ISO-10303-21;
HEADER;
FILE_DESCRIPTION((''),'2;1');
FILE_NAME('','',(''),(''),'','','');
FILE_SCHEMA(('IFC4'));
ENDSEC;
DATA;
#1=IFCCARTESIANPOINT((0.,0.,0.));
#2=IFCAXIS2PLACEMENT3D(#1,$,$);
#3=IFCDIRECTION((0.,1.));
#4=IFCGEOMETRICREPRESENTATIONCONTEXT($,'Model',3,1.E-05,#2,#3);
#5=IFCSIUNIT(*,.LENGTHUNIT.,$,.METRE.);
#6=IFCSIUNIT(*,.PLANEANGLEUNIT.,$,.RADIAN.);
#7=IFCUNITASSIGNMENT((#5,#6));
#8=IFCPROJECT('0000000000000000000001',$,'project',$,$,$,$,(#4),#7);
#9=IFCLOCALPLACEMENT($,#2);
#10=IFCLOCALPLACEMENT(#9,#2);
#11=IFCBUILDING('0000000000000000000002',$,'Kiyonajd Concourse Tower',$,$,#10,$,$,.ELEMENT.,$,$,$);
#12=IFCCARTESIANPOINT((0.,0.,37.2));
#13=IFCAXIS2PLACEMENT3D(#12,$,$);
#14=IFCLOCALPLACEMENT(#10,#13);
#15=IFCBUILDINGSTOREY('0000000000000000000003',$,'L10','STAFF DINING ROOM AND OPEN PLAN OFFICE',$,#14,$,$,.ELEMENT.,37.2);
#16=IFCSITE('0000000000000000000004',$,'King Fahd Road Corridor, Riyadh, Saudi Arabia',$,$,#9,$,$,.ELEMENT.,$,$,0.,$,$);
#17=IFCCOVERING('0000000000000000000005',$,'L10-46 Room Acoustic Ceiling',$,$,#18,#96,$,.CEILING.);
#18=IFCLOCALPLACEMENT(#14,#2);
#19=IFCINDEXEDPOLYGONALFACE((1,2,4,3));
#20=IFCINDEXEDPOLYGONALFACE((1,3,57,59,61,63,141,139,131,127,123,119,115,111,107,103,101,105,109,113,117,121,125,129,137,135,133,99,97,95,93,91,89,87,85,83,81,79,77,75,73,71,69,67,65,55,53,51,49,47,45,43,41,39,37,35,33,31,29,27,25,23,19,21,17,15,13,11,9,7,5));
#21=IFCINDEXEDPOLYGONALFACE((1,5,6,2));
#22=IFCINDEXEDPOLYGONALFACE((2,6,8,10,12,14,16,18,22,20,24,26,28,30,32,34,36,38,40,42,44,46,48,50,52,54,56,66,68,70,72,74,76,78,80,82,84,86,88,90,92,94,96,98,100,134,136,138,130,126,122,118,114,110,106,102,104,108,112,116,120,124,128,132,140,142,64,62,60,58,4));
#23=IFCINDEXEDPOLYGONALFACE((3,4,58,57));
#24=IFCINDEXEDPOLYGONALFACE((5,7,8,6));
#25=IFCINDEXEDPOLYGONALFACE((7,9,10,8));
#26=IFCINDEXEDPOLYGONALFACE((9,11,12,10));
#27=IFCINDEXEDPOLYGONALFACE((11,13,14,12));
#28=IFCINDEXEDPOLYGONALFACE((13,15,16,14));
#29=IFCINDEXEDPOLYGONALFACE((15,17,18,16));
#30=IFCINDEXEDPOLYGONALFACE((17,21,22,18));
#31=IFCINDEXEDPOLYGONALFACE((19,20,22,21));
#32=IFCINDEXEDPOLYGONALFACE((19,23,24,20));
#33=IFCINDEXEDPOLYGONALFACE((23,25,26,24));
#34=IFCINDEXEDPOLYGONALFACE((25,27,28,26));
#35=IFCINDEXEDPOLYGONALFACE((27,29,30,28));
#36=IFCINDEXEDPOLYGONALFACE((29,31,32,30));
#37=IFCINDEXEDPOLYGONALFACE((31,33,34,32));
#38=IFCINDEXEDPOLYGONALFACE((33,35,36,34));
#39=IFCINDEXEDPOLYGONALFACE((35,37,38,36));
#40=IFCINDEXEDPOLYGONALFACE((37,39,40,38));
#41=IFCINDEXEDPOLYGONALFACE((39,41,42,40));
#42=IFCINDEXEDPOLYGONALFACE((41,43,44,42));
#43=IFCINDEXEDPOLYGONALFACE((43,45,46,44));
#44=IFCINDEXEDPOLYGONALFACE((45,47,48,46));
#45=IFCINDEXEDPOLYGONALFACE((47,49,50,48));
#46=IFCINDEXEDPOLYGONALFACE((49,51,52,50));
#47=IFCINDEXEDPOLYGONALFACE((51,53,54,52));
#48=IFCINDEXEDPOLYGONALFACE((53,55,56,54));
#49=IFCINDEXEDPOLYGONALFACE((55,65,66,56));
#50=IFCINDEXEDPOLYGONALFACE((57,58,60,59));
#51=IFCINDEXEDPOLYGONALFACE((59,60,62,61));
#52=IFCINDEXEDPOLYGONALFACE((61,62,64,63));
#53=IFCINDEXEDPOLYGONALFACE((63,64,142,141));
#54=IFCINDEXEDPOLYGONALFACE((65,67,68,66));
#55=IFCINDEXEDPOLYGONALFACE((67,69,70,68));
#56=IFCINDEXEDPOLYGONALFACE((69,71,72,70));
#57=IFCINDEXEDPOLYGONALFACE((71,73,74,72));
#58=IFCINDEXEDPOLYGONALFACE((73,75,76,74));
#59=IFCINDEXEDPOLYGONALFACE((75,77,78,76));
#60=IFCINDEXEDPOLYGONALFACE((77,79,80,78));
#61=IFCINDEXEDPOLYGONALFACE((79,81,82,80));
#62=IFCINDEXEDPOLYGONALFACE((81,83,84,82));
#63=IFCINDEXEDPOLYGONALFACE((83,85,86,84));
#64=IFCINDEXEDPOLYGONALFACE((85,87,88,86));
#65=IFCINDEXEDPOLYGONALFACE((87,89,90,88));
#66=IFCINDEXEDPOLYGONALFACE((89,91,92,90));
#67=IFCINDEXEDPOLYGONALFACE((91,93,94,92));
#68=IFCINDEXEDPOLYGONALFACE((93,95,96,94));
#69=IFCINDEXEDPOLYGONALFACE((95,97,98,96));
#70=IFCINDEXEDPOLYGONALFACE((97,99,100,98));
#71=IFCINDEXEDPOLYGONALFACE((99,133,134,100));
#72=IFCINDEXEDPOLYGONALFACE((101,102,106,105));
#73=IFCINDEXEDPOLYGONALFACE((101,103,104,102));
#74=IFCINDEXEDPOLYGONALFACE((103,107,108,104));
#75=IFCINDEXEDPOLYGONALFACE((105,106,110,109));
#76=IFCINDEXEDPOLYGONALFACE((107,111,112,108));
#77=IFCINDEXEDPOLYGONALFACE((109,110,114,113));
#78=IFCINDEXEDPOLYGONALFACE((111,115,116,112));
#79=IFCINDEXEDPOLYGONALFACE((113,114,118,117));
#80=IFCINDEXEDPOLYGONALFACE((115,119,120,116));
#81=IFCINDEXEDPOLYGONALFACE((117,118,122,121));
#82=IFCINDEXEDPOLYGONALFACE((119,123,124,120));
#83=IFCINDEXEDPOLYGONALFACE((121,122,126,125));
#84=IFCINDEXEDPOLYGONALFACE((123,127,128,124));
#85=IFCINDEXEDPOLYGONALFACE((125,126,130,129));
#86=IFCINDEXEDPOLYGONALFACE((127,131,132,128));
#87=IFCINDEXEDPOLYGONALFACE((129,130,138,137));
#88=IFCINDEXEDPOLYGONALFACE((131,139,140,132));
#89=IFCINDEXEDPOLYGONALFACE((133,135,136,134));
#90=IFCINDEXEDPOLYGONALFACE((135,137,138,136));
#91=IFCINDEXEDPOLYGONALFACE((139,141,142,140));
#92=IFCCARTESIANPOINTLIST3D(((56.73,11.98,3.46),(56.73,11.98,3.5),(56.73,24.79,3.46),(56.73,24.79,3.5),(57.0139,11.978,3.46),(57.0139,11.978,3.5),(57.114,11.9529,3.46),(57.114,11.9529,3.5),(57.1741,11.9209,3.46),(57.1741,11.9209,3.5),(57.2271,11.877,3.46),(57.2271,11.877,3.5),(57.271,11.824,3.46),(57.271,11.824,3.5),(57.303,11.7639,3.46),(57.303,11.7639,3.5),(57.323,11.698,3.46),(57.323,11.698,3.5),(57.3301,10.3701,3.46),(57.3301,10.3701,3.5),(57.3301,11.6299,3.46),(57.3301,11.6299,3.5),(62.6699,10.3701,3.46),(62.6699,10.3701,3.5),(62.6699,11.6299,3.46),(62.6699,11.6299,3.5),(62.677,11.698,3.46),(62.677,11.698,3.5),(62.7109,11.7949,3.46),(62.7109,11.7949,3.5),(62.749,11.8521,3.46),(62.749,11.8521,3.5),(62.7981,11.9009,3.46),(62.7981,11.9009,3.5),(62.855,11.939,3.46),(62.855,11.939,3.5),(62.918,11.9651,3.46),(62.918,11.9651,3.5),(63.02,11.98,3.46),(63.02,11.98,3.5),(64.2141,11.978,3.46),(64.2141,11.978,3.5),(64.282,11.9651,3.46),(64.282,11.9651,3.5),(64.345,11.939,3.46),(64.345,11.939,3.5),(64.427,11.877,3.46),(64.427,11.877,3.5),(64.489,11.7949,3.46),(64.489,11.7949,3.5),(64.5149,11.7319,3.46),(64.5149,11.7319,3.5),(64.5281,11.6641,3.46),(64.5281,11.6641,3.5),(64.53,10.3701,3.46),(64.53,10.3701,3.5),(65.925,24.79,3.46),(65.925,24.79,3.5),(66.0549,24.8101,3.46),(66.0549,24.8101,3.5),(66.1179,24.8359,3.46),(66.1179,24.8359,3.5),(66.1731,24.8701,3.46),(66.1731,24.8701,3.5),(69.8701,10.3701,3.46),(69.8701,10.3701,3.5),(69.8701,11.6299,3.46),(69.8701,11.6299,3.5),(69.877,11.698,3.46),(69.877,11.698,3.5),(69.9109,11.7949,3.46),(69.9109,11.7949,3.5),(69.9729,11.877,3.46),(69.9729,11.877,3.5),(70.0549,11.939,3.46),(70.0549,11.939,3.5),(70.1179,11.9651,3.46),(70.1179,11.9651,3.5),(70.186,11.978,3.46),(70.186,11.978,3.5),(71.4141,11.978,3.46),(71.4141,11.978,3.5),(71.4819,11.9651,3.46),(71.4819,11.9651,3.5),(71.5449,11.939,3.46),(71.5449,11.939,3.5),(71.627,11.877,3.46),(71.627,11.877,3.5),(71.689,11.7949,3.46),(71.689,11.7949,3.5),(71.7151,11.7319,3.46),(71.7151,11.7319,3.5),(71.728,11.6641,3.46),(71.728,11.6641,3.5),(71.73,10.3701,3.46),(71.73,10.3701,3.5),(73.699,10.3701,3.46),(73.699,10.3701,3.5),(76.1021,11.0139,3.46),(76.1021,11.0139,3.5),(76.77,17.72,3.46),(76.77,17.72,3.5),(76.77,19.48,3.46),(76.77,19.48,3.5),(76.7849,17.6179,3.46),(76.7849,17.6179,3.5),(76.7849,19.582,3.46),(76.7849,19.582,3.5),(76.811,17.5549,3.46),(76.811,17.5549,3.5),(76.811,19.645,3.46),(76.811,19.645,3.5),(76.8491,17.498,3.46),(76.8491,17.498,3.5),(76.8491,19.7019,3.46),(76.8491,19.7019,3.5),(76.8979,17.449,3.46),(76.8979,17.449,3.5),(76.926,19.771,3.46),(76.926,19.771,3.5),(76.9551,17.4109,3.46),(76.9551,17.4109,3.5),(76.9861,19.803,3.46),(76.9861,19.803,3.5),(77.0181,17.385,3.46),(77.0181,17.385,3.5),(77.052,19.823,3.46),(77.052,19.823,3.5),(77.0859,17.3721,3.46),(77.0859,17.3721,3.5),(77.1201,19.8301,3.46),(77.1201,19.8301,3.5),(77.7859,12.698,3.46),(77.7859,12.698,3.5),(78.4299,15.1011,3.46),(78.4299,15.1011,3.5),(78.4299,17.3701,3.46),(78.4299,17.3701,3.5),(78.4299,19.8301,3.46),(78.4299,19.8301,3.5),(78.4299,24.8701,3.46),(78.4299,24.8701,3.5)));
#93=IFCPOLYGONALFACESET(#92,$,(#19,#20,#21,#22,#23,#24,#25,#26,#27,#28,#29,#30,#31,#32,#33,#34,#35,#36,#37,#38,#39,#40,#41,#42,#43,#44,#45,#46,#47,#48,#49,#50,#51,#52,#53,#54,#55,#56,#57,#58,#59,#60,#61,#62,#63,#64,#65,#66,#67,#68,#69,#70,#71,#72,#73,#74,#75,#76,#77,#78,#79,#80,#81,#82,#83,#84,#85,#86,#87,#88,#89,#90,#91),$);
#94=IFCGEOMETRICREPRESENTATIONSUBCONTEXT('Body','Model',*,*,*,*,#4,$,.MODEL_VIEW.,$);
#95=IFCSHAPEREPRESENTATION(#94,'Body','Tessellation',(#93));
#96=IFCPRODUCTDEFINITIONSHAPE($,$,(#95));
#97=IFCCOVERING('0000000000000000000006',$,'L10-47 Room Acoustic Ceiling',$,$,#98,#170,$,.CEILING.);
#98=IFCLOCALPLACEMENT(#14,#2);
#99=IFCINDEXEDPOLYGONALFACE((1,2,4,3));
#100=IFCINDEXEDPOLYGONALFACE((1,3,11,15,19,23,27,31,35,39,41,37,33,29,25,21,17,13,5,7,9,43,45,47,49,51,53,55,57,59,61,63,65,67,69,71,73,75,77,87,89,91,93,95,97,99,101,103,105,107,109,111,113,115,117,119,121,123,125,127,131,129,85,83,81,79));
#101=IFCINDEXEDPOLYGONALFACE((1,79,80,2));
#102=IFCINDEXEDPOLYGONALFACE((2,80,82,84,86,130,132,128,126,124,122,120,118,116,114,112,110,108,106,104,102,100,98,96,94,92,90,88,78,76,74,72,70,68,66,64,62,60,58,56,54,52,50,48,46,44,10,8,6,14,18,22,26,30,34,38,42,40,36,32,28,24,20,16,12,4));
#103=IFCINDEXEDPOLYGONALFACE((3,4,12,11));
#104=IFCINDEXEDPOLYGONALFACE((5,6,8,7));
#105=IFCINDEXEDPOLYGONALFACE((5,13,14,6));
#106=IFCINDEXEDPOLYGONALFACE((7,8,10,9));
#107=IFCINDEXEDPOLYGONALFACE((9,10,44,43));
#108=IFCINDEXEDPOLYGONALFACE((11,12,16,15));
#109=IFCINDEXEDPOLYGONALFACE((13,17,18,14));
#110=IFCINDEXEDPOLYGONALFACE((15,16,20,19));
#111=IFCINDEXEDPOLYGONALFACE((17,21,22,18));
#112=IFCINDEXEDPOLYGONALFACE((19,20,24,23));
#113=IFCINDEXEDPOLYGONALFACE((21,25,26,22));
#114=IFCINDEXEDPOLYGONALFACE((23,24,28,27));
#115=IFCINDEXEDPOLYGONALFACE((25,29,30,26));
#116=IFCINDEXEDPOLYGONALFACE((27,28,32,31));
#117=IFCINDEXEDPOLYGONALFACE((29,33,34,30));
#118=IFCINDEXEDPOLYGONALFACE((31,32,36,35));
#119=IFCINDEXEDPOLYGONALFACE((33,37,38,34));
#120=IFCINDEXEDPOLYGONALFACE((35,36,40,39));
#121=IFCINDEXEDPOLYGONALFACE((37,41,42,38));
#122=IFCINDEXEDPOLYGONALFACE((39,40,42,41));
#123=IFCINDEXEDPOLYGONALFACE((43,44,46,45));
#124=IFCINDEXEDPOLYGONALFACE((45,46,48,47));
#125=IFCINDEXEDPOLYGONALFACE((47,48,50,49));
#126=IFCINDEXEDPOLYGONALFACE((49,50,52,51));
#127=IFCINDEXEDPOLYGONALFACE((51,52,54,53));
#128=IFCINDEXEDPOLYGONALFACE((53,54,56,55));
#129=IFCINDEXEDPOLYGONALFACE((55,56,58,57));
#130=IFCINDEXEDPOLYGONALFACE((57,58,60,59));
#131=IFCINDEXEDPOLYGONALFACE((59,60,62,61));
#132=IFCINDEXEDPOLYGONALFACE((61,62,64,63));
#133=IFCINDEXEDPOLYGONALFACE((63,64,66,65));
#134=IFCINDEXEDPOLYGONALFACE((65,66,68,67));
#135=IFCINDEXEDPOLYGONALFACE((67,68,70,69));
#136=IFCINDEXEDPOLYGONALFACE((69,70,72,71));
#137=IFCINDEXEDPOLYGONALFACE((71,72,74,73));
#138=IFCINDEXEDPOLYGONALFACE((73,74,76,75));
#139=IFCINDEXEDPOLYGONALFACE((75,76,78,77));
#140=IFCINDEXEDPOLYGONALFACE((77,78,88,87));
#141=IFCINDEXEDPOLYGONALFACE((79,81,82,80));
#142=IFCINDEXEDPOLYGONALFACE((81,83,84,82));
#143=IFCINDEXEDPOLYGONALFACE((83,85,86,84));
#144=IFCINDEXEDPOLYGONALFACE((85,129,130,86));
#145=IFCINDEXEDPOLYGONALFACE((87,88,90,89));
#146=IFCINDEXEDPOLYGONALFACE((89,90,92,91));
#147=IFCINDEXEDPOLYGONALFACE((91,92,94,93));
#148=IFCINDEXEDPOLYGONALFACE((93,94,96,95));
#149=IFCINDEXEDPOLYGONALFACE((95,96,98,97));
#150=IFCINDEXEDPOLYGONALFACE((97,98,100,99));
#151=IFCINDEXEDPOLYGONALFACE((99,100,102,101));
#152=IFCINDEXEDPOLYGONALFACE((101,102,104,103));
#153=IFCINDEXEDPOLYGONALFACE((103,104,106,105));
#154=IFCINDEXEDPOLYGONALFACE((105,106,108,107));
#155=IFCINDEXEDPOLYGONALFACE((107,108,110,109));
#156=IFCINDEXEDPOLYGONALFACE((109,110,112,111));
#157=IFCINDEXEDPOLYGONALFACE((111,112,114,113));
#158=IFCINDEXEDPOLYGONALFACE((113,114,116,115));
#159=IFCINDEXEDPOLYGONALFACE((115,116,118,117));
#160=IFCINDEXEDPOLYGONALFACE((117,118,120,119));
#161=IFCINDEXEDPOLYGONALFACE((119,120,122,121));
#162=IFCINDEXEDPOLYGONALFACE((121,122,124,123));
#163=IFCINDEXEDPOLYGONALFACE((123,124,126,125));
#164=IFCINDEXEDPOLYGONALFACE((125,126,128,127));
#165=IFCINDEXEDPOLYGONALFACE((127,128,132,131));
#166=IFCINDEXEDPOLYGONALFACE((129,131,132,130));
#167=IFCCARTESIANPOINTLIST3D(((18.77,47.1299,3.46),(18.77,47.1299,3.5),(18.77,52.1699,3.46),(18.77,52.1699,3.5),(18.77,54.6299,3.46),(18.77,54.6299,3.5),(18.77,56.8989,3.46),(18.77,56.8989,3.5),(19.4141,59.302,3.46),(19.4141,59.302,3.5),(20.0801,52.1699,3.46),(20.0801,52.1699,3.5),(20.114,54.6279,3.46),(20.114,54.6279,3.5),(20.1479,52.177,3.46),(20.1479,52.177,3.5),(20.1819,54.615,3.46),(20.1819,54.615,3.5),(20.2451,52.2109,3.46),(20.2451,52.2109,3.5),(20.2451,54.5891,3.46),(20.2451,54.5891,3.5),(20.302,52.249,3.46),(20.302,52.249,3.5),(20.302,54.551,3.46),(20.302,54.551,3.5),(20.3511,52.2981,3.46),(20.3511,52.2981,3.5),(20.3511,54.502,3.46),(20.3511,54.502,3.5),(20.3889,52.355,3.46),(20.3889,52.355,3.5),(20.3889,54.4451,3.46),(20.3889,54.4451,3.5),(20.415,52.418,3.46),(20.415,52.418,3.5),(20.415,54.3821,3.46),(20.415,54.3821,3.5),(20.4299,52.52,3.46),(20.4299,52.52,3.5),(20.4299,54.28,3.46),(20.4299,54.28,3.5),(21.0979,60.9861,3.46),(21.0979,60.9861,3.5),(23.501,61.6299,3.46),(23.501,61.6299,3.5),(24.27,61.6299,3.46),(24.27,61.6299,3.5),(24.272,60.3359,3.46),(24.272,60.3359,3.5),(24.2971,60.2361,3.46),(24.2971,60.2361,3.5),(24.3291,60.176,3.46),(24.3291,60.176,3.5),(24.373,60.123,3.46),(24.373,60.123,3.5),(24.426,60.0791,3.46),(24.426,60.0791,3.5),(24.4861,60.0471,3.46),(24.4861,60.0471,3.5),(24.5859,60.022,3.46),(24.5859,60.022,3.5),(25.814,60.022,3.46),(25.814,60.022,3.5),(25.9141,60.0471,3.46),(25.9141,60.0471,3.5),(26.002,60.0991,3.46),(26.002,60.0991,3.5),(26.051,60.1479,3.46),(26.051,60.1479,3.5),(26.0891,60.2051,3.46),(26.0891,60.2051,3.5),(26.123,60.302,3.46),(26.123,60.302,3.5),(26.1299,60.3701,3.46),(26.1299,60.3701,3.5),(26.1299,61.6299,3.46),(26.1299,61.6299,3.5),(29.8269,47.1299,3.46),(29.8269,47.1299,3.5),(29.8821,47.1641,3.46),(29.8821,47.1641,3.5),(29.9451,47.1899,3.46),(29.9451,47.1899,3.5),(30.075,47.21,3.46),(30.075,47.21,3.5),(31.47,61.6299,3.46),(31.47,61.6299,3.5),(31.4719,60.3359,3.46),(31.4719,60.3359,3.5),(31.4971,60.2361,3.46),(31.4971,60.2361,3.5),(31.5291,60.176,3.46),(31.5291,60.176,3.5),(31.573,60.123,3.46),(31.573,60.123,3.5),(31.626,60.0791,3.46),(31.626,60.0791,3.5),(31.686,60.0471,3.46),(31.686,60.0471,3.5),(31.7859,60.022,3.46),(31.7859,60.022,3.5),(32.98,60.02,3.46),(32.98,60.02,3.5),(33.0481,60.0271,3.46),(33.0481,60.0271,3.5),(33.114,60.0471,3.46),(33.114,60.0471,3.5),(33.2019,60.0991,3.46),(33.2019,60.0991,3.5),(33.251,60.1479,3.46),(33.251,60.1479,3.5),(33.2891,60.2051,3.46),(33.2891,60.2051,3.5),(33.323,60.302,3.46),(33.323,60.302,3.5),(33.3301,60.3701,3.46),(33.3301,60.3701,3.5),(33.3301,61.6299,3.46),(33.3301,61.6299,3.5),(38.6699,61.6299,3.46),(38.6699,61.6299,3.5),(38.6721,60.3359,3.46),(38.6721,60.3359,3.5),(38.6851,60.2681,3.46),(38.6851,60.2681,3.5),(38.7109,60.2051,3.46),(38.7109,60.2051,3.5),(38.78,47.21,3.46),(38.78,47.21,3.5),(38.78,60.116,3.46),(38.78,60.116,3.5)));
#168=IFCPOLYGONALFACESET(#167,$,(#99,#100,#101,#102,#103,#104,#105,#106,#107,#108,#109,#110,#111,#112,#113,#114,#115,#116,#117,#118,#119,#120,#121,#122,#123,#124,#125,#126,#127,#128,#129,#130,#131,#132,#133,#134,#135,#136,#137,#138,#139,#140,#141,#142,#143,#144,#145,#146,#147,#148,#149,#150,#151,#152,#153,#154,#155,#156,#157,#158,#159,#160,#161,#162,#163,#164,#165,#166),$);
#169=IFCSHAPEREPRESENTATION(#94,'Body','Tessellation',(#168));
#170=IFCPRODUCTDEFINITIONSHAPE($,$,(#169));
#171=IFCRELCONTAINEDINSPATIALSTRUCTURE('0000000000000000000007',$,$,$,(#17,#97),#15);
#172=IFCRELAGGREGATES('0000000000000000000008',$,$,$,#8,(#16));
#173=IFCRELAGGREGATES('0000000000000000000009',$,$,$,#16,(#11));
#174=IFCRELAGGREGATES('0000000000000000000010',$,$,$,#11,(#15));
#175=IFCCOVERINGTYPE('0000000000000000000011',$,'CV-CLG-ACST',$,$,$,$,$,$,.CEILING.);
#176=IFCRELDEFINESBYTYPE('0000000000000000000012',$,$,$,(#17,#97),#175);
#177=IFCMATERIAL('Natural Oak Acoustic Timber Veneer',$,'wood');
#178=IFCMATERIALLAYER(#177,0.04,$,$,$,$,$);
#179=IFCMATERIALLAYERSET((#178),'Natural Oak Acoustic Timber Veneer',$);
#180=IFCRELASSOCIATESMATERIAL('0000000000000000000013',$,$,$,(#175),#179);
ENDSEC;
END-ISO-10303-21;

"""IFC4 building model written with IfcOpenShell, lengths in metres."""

from ifc_helpers import new_model, si_unit, direction, frame, origin, place, context, subcontext, project, spatial, polyline, outline, extrude, material, layer, layer_set, type_object, element, save


model = new_model("IFC4")

# Units and contexts
model_context = context("Model", 3, precision=1e-05, world=origin(), true_north=direction((0.0, 1.0)))
body_context = subcontext(model_context, "Body", "Model", "MODEL_VIEW")
ifc_project = project(units=[si_unit("LENGTHUNIT", "METRE"), si_unit("PLANEANGLEUNIT", "RADIAN")], contexts=[model_context])

# Site, building, storey
site_placement = place(None, origin())
site = spatial("IfcSite", under=ifc_project, at=site_placement, Name="King Fahd Road Corridor, Riyadh, Saudi Arabia", CompositionType="ELEMENT", RefElevation=0.0)
building_placement = place(site_placement, origin())
building = spatial("IfcBuilding", under=site, at=building_placement, Name="Kiyonajd Concourse Tower", CompositionType="ELEMENT")
storey_placement = place(building_placement, frame((0.0, 0.0, 37.2)))
storey = spatial("IfcBuildingStorey", under=building, at=storey_placement, Name="L10", Description="STAFF DINING ROOM AND OPEN PLAN OFFICE", CompositionType="ELEMENT", Elevation=37.2)

# Shared definitions
ifc_material_1 = material(Name="Natural Oak Acoustic Timber Veneer", Category="wood")

# Coverings
ifc_layer_1 = layer(ifc_material_1, 0.04)
ifc_layer_set_1 = layer_set([ifc_layer_1], Name="Natural Oak Acoustic Timber Veneer")
covering_type = type_object("IfcCoveringType", Name="CV-CLG-ACST", PredefinedType="CEILING", material=ifc_layer_set_1)
covering_1_placement = place(storey_placement, frame((0.0, 0.0, 3.46)))
element("IfcCovering", 1, at=covering_1_placement, inside=storey, type_object=covering_type, Name="L10-46 Room Acoustic Ceiling", PredefinedType="CEILING", context=body_context, shape_type="SweptSolid", body=[
    extrude(outline(polyline([(56.73, 11.98), (56.73, 24.79), (65.925, 24.79), (66.0549, 24.8101), (66.1179, 24.8359), (66.1731, 24.8701), (78.4299, 24.8701), (78.4299, 19.8301), (77.1201, 19.8301), (77.052, 19.823), (76.9861, 19.803), (76.926, 19.771), (76.8491, 19.7019), (76.811, 19.645), (76.7849, 19.582), (76.77, 19.48), (76.77, 17.72), (76.7849, 17.6179), (76.811, 17.5549), (76.8491, 17.498), (76.8979, 17.449), (76.9551, 17.4109), (77.0181, 17.385), (77.0859, 17.3721), (78.4299, 17.3701), (78.4299, 15.1011), (77.7859, 12.698), (76.1021, 11.0139), (73.699, 10.3701), (71.73, 10.3701), (71.728, 11.6641), (71.7151, 11.7319), (71.689, 11.7949), (71.627, 11.877), (71.5449, 11.939), (71.4819, 11.9651), (71.4141, 11.978), (70.186, 11.978), (70.1179, 11.9651), (70.0549, 11.939), (69.9729, 11.877), (69.9109, 11.7949), (69.877, 11.698), (69.8701, 11.6299), (69.8701, 10.3701), (64.53, 10.3701), (64.5281, 11.6641), (64.5149, 11.7319), (64.489, 11.7949), (64.427, 11.877), (64.345, 11.939), (64.282, 11.9651), (64.2141, 11.978), (63.02, 11.98), (62.918, 11.9651), (62.855, 11.939), (62.7981, 11.9009), (62.749, 11.8521), (62.7109, 11.7949), (62.677, 11.698), (62.6699, 11.6299), (62.6699, 10.3701), (57.3301, 10.3701), (57.3301, 11.6299), (57.323, 11.698), (57.303, 11.7639), (57.271, 11.824), (57.2271, 11.877), (57.1741, 11.9209), (57.114, 11.9529), (57.0139, 11.978), (56.73, 11.98)])), origin(), (0.0, 0.0, 1.0), 0.04),
])
covering_2_placement = place(storey_placement, frame((0.0, 0.0, 3.46)))
element("IfcCovering", 2, at=covering_2_placement, inside=storey, type_object=covering_type, Name="L10-47 Room Acoustic Ceiling", PredefinedType="CEILING", context=body_context, shape_type="SweptSolid", body=[
    extrude(outline(polyline([(21.0979, 60.9861), (23.501, 61.6299), (24.27, 61.6299), (24.272, 60.3359), (24.2971, 60.2361), (24.3291, 60.176), (24.373, 60.123), (24.426, 60.0791), (24.4861, 60.0471), (24.5859, 60.022), (25.814, 60.022), (25.9141, 60.0471), (26.002, 60.0991), (26.051, 60.1479), (26.0891, 60.2051), (26.123, 60.302), (26.1299, 60.3701), (26.1299, 61.6299), (31.47, 61.6299), (31.4719, 60.3359), (31.4971, 60.2361), (31.5291, 60.176), (31.573, 60.123), (31.626, 60.0791), (31.686, 60.0471), (31.7859, 60.022), (32.98, 60.02), (33.0481, 60.0271), (33.114, 60.0471), (33.2019, 60.0991), (33.251, 60.1479), (33.2891, 60.2051), (33.323, 60.302), (33.3301, 60.3701), (33.3301, 61.6299), (38.6699, 61.6299), (38.6721, 60.3359), (38.6851, 60.2681), (38.7109, 60.2051), (38.78, 60.116), (38.78, 47.21), (30.075, 47.21), (29.9451, 47.1899), (29.8821, 47.1641), (29.8269, 47.1299), (18.77, 47.1299), (18.77, 52.1699), (20.0801, 52.1699), (20.1479, 52.177), (20.2451, 52.2109), (20.302, 52.249), (20.3511, 52.2981), (20.3889, 52.355), (20.415, 52.418), (20.4299, 52.52), (20.4299, 54.28), (20.415, 54.3821), (20.3889, 54.4451), (20.3511, 54.502), (20.302, 54.551), (20.2451, 54.5891), (20.1819, 54.615), (20.114, 54.6279), (18.77, 54.6299), (18.77, 56.8989), (19.4141, 59.302), (21.0979, 60.9861)])), origin(), (0.0, 0.0, 1.0), 0.04),
])

save(model, "model.ifc")
